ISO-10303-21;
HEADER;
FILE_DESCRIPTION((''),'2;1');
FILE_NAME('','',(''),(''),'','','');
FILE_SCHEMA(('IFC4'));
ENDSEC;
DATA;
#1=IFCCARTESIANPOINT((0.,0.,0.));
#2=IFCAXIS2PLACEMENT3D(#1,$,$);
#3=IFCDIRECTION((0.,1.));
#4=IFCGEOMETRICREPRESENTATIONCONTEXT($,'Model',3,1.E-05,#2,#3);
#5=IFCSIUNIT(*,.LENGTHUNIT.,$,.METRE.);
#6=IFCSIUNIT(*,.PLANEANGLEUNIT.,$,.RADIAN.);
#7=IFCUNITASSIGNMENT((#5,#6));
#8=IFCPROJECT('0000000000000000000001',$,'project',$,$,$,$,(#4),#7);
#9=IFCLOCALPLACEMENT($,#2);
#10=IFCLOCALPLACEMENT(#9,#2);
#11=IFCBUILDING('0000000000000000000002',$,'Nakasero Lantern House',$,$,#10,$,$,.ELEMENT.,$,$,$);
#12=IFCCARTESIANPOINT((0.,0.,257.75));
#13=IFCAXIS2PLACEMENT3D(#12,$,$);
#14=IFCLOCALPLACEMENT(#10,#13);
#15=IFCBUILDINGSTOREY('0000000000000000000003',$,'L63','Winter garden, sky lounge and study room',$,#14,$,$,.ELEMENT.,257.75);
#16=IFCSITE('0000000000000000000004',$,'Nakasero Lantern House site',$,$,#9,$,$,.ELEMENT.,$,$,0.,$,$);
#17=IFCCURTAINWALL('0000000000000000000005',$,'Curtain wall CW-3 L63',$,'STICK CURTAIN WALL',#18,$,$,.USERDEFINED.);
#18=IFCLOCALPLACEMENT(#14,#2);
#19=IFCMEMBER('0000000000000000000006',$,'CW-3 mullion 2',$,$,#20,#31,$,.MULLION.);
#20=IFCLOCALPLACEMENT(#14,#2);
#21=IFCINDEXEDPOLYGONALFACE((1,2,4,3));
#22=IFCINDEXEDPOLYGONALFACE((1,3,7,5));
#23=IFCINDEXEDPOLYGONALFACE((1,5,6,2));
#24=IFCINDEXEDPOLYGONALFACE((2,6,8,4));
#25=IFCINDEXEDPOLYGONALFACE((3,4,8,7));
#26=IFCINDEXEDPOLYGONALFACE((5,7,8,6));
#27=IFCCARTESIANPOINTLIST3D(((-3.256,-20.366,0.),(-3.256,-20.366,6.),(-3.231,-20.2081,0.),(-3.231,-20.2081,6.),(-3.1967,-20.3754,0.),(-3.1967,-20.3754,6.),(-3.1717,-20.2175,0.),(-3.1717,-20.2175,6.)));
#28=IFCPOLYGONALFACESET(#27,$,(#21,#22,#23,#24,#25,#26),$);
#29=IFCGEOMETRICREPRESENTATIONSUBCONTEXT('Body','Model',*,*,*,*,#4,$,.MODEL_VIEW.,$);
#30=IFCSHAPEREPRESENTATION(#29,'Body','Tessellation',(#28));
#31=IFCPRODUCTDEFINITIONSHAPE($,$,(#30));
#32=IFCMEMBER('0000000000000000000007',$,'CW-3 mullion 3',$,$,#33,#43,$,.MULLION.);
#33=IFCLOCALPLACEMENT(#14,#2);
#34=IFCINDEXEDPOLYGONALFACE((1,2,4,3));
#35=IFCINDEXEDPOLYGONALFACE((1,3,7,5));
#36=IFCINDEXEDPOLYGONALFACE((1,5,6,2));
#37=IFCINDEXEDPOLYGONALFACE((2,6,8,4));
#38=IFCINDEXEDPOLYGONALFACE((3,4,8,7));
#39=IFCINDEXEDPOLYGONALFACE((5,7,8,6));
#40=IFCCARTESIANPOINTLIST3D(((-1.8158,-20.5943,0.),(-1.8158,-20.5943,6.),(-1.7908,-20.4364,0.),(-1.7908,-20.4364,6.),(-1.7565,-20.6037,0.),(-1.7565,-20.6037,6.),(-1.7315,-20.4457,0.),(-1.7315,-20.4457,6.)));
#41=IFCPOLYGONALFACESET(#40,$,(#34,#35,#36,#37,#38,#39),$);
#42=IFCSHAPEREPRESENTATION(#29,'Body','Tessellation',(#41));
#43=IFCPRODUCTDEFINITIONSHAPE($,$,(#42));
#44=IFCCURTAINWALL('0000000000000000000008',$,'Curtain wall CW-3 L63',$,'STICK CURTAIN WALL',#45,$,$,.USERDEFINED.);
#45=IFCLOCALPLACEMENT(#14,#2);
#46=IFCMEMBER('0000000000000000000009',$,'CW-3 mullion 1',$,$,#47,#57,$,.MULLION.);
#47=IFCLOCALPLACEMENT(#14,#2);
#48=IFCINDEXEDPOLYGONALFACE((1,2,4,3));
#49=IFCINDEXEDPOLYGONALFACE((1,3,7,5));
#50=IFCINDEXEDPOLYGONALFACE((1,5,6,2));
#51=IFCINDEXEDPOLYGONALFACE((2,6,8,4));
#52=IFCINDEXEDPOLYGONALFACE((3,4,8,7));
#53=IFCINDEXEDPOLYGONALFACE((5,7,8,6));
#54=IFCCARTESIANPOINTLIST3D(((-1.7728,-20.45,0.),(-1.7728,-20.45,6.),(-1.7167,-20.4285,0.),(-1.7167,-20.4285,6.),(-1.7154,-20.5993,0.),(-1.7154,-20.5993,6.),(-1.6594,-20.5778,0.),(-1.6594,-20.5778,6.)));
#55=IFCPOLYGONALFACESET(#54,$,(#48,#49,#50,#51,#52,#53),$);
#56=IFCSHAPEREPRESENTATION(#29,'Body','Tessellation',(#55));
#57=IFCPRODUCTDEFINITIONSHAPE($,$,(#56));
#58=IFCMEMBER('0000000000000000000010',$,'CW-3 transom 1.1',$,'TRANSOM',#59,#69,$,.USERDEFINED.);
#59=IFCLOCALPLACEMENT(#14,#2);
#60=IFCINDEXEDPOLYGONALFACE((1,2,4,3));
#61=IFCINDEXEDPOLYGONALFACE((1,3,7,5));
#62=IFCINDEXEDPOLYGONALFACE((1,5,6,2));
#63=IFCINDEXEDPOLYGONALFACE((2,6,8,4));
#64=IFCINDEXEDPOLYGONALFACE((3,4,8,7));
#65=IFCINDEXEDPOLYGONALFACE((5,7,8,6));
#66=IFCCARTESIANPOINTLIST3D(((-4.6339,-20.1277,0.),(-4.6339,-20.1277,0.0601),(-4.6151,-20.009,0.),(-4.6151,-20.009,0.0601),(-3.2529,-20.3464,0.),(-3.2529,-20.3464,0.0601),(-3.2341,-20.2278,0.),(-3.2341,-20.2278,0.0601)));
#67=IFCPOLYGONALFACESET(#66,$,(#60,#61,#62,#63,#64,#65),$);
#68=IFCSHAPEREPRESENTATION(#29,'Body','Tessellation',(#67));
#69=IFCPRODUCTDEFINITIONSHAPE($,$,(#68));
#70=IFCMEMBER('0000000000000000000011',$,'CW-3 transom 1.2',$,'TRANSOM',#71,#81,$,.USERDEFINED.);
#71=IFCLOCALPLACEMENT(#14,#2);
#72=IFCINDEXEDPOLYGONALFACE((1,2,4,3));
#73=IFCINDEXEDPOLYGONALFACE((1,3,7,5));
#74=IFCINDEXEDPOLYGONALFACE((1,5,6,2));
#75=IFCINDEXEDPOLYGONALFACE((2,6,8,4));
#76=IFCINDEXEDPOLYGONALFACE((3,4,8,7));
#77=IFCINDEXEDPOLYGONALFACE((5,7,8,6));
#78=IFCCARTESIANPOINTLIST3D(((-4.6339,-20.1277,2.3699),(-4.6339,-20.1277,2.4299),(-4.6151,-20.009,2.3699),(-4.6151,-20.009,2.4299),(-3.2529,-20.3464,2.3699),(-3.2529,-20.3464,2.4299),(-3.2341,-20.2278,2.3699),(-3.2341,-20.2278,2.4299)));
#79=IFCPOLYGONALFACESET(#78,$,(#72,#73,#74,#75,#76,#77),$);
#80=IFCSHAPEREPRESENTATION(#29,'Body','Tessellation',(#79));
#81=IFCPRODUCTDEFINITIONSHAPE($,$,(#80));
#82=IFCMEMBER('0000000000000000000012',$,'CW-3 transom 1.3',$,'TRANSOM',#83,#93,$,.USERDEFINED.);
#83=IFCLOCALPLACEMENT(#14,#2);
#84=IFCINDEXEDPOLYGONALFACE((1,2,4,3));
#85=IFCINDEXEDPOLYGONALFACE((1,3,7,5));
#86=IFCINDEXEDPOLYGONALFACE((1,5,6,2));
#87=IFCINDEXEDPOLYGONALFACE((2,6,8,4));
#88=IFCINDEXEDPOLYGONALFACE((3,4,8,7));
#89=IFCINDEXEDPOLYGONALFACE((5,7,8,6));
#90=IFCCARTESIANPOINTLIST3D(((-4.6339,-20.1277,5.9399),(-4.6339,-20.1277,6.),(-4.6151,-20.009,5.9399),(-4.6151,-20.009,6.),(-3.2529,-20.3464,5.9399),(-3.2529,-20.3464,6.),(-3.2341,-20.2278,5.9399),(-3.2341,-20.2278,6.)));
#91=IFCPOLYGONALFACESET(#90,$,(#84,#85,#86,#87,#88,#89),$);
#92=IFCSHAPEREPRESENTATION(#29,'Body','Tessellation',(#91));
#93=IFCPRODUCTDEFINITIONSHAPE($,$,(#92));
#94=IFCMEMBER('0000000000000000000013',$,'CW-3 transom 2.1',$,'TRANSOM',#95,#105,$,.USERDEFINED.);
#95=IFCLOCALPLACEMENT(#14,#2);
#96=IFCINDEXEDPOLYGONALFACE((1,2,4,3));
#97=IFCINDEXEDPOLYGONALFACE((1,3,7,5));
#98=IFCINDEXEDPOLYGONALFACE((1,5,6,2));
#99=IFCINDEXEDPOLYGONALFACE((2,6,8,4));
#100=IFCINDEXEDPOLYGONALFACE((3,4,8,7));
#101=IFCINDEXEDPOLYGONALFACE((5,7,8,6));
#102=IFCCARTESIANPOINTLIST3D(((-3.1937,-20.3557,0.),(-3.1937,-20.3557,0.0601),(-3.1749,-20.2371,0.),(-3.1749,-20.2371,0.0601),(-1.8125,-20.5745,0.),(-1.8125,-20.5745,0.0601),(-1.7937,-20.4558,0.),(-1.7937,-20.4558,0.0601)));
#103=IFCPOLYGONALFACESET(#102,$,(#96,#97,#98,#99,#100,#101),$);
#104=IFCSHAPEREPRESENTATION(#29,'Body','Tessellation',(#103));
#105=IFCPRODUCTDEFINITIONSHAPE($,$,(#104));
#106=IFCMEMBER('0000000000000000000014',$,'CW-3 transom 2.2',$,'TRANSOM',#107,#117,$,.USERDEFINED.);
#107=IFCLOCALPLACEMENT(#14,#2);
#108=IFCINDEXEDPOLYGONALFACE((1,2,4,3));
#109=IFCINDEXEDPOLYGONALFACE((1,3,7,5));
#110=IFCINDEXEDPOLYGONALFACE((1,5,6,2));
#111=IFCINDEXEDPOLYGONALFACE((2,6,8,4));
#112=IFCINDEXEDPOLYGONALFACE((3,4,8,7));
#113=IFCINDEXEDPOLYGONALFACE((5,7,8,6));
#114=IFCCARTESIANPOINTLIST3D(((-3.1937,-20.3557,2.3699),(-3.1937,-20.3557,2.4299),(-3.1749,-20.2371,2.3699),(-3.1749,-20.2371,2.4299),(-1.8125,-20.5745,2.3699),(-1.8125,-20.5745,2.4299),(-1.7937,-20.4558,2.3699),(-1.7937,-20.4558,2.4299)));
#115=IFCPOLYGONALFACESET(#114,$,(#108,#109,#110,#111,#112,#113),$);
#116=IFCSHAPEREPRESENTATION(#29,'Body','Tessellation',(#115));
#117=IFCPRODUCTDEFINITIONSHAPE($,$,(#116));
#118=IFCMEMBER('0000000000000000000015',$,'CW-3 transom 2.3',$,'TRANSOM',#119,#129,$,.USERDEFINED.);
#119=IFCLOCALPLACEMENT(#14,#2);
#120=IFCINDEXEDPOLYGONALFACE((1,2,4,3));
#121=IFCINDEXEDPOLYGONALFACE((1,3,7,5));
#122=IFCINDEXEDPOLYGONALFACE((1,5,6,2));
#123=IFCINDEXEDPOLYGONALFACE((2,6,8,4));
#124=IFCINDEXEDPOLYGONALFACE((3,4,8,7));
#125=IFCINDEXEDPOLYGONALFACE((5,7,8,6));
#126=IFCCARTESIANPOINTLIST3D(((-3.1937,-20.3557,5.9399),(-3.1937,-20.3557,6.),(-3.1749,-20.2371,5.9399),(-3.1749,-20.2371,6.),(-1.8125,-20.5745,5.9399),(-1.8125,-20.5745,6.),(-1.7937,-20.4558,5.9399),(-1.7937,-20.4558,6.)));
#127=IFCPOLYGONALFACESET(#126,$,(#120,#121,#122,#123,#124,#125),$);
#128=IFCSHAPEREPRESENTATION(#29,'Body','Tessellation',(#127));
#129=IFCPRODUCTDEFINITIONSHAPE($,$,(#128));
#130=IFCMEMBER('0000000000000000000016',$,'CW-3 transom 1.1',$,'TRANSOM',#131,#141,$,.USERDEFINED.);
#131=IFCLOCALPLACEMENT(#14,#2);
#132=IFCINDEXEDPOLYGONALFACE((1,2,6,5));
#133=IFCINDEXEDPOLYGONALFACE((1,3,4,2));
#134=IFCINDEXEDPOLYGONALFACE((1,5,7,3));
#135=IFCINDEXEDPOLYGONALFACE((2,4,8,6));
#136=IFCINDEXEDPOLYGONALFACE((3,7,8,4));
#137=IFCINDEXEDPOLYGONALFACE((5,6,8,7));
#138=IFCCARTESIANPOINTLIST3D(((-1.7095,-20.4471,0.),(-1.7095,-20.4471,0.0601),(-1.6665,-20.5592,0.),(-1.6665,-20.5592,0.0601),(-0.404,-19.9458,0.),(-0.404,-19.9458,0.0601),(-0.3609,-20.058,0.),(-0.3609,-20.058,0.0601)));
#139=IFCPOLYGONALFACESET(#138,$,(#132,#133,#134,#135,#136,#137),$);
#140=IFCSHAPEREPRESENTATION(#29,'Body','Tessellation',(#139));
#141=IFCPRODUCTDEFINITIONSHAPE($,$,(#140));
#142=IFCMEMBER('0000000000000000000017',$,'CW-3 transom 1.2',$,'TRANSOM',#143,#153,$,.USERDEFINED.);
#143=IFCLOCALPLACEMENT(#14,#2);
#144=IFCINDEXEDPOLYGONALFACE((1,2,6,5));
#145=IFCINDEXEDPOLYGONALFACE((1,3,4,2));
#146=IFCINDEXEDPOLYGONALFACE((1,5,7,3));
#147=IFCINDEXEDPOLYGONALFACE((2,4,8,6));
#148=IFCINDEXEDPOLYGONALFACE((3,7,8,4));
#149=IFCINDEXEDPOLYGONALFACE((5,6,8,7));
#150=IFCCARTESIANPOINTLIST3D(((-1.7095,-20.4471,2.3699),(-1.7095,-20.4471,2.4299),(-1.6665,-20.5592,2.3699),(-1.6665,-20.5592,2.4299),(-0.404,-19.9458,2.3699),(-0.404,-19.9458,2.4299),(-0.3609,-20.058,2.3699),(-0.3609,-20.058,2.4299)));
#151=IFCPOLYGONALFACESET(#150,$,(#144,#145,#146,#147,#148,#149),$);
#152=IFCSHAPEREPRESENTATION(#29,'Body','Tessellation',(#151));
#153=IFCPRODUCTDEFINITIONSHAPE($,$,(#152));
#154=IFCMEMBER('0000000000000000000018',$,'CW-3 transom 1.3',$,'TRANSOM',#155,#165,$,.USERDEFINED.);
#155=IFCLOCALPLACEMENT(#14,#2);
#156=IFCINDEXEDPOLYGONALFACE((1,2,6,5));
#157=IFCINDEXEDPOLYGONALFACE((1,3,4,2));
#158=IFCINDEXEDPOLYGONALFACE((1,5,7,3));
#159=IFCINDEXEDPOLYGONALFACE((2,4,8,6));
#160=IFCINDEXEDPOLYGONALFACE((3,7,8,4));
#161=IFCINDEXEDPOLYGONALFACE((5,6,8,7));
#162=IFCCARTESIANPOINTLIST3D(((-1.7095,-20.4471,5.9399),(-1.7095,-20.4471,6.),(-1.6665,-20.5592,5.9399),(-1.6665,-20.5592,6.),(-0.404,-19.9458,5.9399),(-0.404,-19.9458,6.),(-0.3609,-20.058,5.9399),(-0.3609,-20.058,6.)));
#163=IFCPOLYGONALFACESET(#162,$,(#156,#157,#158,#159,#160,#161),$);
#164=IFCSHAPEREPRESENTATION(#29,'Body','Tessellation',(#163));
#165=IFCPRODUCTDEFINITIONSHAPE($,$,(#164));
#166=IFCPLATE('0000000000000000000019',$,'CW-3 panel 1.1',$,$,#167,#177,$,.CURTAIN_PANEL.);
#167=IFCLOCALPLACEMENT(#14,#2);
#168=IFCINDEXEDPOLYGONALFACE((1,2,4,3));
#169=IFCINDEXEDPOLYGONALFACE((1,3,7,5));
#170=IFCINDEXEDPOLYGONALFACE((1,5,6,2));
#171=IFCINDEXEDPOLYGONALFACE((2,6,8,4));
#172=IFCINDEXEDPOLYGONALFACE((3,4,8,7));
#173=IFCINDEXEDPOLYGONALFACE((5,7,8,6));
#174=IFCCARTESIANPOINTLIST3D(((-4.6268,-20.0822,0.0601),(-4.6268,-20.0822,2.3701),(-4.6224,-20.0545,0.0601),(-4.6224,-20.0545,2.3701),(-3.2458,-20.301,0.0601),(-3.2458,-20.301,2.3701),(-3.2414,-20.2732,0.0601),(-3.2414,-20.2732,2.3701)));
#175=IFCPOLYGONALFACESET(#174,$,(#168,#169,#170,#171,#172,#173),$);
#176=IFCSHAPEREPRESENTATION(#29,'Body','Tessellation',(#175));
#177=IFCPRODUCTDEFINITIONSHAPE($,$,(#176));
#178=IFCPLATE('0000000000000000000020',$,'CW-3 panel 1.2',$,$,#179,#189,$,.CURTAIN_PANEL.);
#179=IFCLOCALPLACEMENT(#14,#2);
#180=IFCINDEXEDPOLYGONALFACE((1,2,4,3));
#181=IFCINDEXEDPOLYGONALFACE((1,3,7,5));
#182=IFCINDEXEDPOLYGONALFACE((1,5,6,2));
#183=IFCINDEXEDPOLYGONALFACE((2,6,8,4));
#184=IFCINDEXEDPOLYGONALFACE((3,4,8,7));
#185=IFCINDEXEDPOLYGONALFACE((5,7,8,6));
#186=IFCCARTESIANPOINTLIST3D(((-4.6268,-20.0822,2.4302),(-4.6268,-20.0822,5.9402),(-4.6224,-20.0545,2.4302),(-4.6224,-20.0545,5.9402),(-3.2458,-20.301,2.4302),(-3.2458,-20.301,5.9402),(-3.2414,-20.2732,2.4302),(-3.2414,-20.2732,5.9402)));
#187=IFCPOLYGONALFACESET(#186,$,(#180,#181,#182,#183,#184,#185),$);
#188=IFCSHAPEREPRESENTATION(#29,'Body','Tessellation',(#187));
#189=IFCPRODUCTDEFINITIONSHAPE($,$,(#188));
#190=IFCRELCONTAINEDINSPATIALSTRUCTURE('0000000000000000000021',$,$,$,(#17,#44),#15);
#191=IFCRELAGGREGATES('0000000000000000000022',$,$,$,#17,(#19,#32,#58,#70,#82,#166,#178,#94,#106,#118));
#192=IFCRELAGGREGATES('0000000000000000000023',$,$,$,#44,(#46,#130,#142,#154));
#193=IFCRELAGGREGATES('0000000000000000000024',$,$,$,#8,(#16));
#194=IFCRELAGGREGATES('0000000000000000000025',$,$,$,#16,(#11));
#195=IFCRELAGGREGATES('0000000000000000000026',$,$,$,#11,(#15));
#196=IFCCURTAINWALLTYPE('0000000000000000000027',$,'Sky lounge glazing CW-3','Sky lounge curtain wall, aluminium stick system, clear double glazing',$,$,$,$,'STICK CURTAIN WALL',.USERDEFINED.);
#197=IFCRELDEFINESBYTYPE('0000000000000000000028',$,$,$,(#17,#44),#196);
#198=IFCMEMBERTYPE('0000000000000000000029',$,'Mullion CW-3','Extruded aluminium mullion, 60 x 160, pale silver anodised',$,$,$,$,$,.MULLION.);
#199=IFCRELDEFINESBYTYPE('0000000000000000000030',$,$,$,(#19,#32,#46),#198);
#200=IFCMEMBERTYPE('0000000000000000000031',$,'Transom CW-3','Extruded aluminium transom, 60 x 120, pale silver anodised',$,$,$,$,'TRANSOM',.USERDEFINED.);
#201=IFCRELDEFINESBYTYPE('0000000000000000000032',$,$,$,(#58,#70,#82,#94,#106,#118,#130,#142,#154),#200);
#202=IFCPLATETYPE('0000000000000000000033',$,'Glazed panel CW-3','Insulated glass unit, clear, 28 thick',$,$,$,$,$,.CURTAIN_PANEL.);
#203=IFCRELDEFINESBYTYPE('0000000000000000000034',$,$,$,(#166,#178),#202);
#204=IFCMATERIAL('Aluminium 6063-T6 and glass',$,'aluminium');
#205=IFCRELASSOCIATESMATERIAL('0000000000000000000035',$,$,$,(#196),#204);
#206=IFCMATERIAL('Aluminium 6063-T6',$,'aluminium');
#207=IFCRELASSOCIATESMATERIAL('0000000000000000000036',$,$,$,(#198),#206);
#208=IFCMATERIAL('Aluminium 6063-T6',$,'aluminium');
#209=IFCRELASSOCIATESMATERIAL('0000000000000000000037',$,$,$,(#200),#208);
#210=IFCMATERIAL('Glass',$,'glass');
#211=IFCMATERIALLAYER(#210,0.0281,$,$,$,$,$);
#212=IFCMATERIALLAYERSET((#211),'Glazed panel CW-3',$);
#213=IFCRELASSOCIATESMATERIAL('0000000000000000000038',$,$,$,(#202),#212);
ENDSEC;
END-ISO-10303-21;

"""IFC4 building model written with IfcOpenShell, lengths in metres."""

from ifc_helpers import new_model, si_unit, direction, frame, origin, origin_2d, place, context, subcontext, project, spatial, rectangle, extrude, material, layer, layer_set, material_profile, profile_set, type_object, element, aggregate, save


model = new_model("IFC4")

# Units and contexts
model_context = context("Model", 3, precision=1e-05, world=origin(), true_north=direction((0.0, 1.0)))
body_context = subcontext(model_context, "Body", "Model", "MODEL_VIEW")
ifc_project = project(units=[si_unit("LENGTHUNIT", "METRE"), si_unit("PLANEANGLEUNIT", "RADIAN")], contexts=[model_context])

# Site, building, storey
site_placement = place(None, origin())
site = spatial("IfcSite", under=ifc_project, at=site_placement, Name="Nakasero Lantern House site", CompositionType="ELEMENT", RefElevation=0.0)
building_placement = place(site_placement, origin())
building = spatial("IfcBuilding", under=site, at=building_placement, Name="Nakasero Lantern House", CompositionType="ELEMENT")
storey_placement = place(building_placement, frame((0.0, 0.0, 257.75)))
storey = spatial("IfcBuildingStorey", under=building, at=storey_placement, Name="L63", Description="Winter garden, sky lounge and study room", CompositionType="ELEMENT", Elevation=257.75)

# Curtain wall, members
ifc_material_1 = material(Name="Aluminium 6063-T6 and glass", Category="aluminium")
curtain_wall_type = type_object("IfcCurtainWallType", Name="Sky lounge glazing CW-3", Description="Sky lounge curtain wall, aluminium stick system, clear double glazing", ElementType="STICK CURTAIN WALL", PredefinedType="USERDEFINED", material=ifc_material_1)
curtain_wall_1_placement = place(storey_placement, origin())
curtain_wall_1 = element("IfcCurtainWall", 1, at=curtain_wall_1_placement, inside=storey, type_object=curtain_wall_type, Name="Curtain wall CW-3 L63", ObjectType="STICK CURTAIN WALL", PredefinedType="USERDEFINED")
ifc_material_2 = material(Name="Aluminium 6063-T6", Category="aluminium")
ifc_material_profile_1 = material_profile(ifc_material_2, rectangle(XDim=0.0601, YDim=0.1599, at=origin_2d()), Name="CW-3 mullion 60x160")
ifc_profile_set_1 = profile_set([ifc_material_profile_1], Name="Aluminium 6063-T6")
member_type_1 = type_object("IfcMemberType", Name="Mullion CW-3", Description="Extruded aluminium mullion, 60 x 160, pale silver anodised", PredefinedType="MULLION", material=ifc_profile_set_1)
member_1_placement = place(storey_placement, frame((-3.2139, -20.2917, 0.0), z_axis=(0.0, 0.0, 1.0), x_axis=(0.987688, -0.156434, 0.0)))
member_1 = element("IfcMember", 2, at=member_1_placement, type_object=member_type_1, Name="CW-3 mullion 2", PredefinedType="MULLION", context=body_context, shape_type="SweptSolid", body=[
    extrude(rectangle(XDim=0.0601, YDim=0.1599, at=origin_2d()), origin(), (0.0, 0.0, 1.0), 6.0),
])
member_2_placement = place(storey_placement, frame((-1.7737, -20.52, 0.0), z_axis=(0.0, 0.0, 1.0), x_axis=(0.987688, -0.156434, 0.0)))
member_2 = element("IfcMember", 3, at=member_2_placement, type_object=member_type_1, Name="CW-3 mullion 3", PredefinedType="MULLION", context=body_context, shape_type="SweptSolid", body=[
    extrude(rectangle(XDim=0.0601, YDim=0.1599, at=origin_2d()), origin(), (0.0, 0.0, 1.0), 6.0),
])

# Curtain wall, member
curtain_wall_2_placement = place(storey_placement, origin())
curtain_wall_2 = element("IfcCurtainWall", 4, at=curtain_wall_2_placement, inside=storey, type_object=curtain_wall_type, Name="Curtain wall CW-3 L63", ObjectType="STICK CURTAIN WALL", PredefinedType="USERDEFINED")
member_3_placement = place(storey_placement, frame((-1.7161, -20.5139, 0.0), z_axis=(0.0, 0.0, 1.0), x_axis=(0.93358, 0.358368, 0.0)))
member_3 = element("IfcMember", 5, at=member_3_placement, type_object=member_type_1, Name="CW-3 mullion 1", PredefinedType="MULLION", context=body_context, shape_type="SweptSolid", body=[
    extrude(rectangle(XDim=0.0601, YDim=0.1599, at=origin_2d()), origin(), (0.0, 0.0, 1.0), 6.0),
])

# Members
ifc_material_3 = material(Name="Aluminium 6063-T6", Category="aluminium")
ifc_material_profile_2 = material_profile(ifc_material_3, rectangle(XDim=0.0601, YDim=0.1201, at=origin_2d()), Name="CW-3 transom 60x120")
ifc_profile_set_2 = profile_set([ifc_material_profile_2], Name="Aluminium 6063-T6")
member_type_2 = type_object("IfcMemberType", Name="Transom CW-3", Description="Extruded aluminium transom, 60 x 120, pale silver anodised", ElementType="TRANSOM", PredefinedType="USERDEFINED", material=ifc_profile_set_2)
member_4_placement = place(storey_placement, frame((-4.6245, -20.0684, 0.03), z_axis=(0.987684, -0.156465, 0.0), x_axis=(0.0, 0.0, 1.0)))
member_4 = element("IfcMember", 6, at=member_4_placement, type_object=member_type_2, Name="CW-3 transom 1.1", ObjectType="TRANSOM", PredefinedType="USERDEFINED", context=body_context, shape_type="SweptSolid", body=[
    extrude(rectangle(XDim=0.0601, YDim=0.1201, at=origin_2d()), origin(), (0.0, 0.0, 1.0), 1.3982),
])
member_5_placement = place(storey_placement, frame((-4.6245, -20.0684, 2.3999), z_axis=(0.987684, -0.156465, 0.0), x_axis=(0.0, 0.0, 1.0)))
member_5 = element("IfcMember", 7, at=member_5_placement, type_object=member_type_2, Name="CW-3 transom 1.2", ObjectType="TRANSOM", PredefinedType="USERDEFINED", context=body_context, shape_type="SweptSolid", body=[
    extrude(rectangle(XDim=0.0601, YDim=0.1201, at=origin_2d()), origin(), (0.0, 0.0, 1.0), 1.3982),
])
member_6_placement = place(storey_placement, frame((-4.6245, -20.0684, 5.97), z_axis=(0.987684, -0.156465, 0.0), x_axis=(0.0, 0.0, 1.0)))
member_6 = element("IfcMember", 8, at=member_6_placement, type_object=member_type_2, Name="CW-3 transom 1.3", ObjectType="TRANSOM", PredefinedType="USERDEFINED", context=body_context, shape_type="SweptSolid", body=[
    extrude(rectangle(XDim=0.0601, YDim=0.1201, at=origin_2d()), origin(), (0.0, 0.0, 1.0), 1.3982),
])
member_7_placement = place(storey_placement, frame((-3.1843, -20.2964, 0.03), z_axis=(0.987688, -0.156438, 0.0), x_axis=(0.0, 0.0, 1.0)))
member_7 = element("IfcMember", 9, at=member_7_placement, type_object=member_type_2, Name="CW-3 transom 2.1", ObjectType="TRANSOM", PredefinedType="USERDEFINED", context=body_context, shape_type="SweptSolid", body=[
    extrude(rectangle(XDim=0.0601, YDim=0.1201, at=origin_2d()), origin(), (0.0, 0.0, 1.0), 1.3984),
])
member_8_placement = place(storey_placement, frame((-3.1843, -20.2964, 2.3999), z_axis=(0.987688, -0.156438, 0.0), x_axis=(0.0, 0.0, 1.0)))
member_8 = element("IfcMember", 10, at=member_8_placement, type_object=member_type_2, Name="CW-3 transom 2.2", ObjectType="TRANSOM", PredefinedType="USERDEFINED", context=body_context, shape_type="SweptSolid", body=[
    extrude(rectangle(XDim=0.0601, YDim=0.1201, at=origin_2d()), origin(), (0.0, 0.0, 1.0), 1.3984),
])
member_9_placement = place(storey_placement, frame((-3.1843, -20.2964, 5.97), z_axis=(0.987688, -0.156438, 0.0), x_axis=(0.0, 0.0, 1.0)))
member_9 = element("IfcMember", 11, at=member_9_placement, type_object=member_type_2, Name="CW-3 transom 2.3", ObjectType="TRANSOM", PredefinedType="USERDEFINED", context=body_context, shape_type="SweptSolid", body=[
    extrude(rectangle(XDim=0.0601, YDim=0.1201, at=origin_2d()), origin(), (0.0, 0.0, 1.0), 1.3984),
])
member_10_placement = place(storey_placement, frame((-1.688, -20.5032, 0.03), z_axis=(0.933552, 0.358441, 0.0), x_axis=(0.0, 0.0, 1.0)))
member_10 = element("IfcMember", 12, at=member_10_placement, type_object=member_type_2, Name="CW-3 transom 1.1", ObjectType="TRANSOM", PredefinedType="USERDEFINED", context=body_context, shape_type="SweptSolid", body=[
    extrude(rectangle(XDim=0.0601, YDim=0.1201, at=origin_2d()), origin(), (0.0, 0.0, 1.0), 1.3984),
])
member_11_placement = place(storey_placement, frame((-1.688, -20.5032, 2.3999), z_axis=(0.933552, 0.358441, 0.0), x_axis=(0.0, 0.0, 1.0)))
member_11 = element("IfcMember", 13, at=member_11_placement, type_object=member_type_2, Name="CW-3 transom 1.2", ObjectType="TRANSOM", PredefinedType="USERDEFINED", context=body_context, shape_type="SweptSolid", body=[
    extrude(rectangle(XDim=0.0601, YDim=0.1201, at=origin_2d()), origin(), (0.0, 0.0, 1.0), 1.3984),
])
member_12_placement = place(storey_placement, frame((-1.688, -20.5032, 5.97), z_axis=(0.933552, 0.358441, 0.0), x_axis=(0.0, 0.0, 1.0)))
member_12 = element("IfcMember", 14, at=member_12_placement, type_object=member_type_2, Name="CW-3 transom 1.3", ObjectType="TRANSOM", PredefinedType="USERDEFINED", context=body_context, shape_type="SweptSolid", body=[
    extrude(rectangle(XDim=0.0601, YDim=0.1201, at=origin_2d()), origin(), (0.0, 0.0, 1.0), 1.3984),
])

# Plates
ifc_material_4 = material(Name="Glass", Category="glass")
ifc_layer_1 = layer(ifc_material_4, 0.0281)
ifc_layer_set_1 = layer_set([ifc_layer_1], Name="Glazed panel CW-3")
plate_type = type_object("IfcPlateType", Name="Glazed panel CW-3", Description="Insulated glass unit, clear, 28 thick", PredefinedType="CURTAIN_PANEL", material=ifc_layer_set_1)
plate_1_placement = place(storey_placement, frame((-3.9341, -20.1777, 0.0601), z_axis=(0.0, 0.0, 1.0), x_axis=(0.987688, -0.156434, 0.0)))
plate_1 = element("IfcPlate", 15, at=plate_1_placement, type_object=plate_type, Name="CW-3 panel 1.1", PredefinedType="CURTAIN_PANEL", context=body_context, shape_type="SweptSolid", body=[
    extrude(rectangle(XDim=1.3982, YDim=0.0281, at=origin_2d()), origin(), (0.0, 0.0, 1.0), 2.3101),
])
plate_2_placement = place(storey_placement, frame((-3.9341, -20.1777, 2.4302), z_axis=(0.0, 0.0, 1.0), x_axis=(0.987688, -0.156434, 0.0)))
plate_2 = element("IfcPlate", 16, at=plate_2_placement, type_object=plate_type, Name="CW-3 panel 1.2", PredefinedType="CURTAIN_PANEL", context=body_context, shape_type="SweptSolid", body=[
    extrude(rectangle(XDim=1.3982, YDim=0.0281, at=origin_2d()), origin(), (0.0, 0.0, 1.0), 3.51),
])
aggregate(curtain_wall_1, [member_1, member_2, member_4, member_5, member_6, plate_1, plate_2, member_7, member_8, member_9])
aggregate(curtain_wall_2, [member_3, member_10, member_11, member_12])

save(model, "model.ifc")
